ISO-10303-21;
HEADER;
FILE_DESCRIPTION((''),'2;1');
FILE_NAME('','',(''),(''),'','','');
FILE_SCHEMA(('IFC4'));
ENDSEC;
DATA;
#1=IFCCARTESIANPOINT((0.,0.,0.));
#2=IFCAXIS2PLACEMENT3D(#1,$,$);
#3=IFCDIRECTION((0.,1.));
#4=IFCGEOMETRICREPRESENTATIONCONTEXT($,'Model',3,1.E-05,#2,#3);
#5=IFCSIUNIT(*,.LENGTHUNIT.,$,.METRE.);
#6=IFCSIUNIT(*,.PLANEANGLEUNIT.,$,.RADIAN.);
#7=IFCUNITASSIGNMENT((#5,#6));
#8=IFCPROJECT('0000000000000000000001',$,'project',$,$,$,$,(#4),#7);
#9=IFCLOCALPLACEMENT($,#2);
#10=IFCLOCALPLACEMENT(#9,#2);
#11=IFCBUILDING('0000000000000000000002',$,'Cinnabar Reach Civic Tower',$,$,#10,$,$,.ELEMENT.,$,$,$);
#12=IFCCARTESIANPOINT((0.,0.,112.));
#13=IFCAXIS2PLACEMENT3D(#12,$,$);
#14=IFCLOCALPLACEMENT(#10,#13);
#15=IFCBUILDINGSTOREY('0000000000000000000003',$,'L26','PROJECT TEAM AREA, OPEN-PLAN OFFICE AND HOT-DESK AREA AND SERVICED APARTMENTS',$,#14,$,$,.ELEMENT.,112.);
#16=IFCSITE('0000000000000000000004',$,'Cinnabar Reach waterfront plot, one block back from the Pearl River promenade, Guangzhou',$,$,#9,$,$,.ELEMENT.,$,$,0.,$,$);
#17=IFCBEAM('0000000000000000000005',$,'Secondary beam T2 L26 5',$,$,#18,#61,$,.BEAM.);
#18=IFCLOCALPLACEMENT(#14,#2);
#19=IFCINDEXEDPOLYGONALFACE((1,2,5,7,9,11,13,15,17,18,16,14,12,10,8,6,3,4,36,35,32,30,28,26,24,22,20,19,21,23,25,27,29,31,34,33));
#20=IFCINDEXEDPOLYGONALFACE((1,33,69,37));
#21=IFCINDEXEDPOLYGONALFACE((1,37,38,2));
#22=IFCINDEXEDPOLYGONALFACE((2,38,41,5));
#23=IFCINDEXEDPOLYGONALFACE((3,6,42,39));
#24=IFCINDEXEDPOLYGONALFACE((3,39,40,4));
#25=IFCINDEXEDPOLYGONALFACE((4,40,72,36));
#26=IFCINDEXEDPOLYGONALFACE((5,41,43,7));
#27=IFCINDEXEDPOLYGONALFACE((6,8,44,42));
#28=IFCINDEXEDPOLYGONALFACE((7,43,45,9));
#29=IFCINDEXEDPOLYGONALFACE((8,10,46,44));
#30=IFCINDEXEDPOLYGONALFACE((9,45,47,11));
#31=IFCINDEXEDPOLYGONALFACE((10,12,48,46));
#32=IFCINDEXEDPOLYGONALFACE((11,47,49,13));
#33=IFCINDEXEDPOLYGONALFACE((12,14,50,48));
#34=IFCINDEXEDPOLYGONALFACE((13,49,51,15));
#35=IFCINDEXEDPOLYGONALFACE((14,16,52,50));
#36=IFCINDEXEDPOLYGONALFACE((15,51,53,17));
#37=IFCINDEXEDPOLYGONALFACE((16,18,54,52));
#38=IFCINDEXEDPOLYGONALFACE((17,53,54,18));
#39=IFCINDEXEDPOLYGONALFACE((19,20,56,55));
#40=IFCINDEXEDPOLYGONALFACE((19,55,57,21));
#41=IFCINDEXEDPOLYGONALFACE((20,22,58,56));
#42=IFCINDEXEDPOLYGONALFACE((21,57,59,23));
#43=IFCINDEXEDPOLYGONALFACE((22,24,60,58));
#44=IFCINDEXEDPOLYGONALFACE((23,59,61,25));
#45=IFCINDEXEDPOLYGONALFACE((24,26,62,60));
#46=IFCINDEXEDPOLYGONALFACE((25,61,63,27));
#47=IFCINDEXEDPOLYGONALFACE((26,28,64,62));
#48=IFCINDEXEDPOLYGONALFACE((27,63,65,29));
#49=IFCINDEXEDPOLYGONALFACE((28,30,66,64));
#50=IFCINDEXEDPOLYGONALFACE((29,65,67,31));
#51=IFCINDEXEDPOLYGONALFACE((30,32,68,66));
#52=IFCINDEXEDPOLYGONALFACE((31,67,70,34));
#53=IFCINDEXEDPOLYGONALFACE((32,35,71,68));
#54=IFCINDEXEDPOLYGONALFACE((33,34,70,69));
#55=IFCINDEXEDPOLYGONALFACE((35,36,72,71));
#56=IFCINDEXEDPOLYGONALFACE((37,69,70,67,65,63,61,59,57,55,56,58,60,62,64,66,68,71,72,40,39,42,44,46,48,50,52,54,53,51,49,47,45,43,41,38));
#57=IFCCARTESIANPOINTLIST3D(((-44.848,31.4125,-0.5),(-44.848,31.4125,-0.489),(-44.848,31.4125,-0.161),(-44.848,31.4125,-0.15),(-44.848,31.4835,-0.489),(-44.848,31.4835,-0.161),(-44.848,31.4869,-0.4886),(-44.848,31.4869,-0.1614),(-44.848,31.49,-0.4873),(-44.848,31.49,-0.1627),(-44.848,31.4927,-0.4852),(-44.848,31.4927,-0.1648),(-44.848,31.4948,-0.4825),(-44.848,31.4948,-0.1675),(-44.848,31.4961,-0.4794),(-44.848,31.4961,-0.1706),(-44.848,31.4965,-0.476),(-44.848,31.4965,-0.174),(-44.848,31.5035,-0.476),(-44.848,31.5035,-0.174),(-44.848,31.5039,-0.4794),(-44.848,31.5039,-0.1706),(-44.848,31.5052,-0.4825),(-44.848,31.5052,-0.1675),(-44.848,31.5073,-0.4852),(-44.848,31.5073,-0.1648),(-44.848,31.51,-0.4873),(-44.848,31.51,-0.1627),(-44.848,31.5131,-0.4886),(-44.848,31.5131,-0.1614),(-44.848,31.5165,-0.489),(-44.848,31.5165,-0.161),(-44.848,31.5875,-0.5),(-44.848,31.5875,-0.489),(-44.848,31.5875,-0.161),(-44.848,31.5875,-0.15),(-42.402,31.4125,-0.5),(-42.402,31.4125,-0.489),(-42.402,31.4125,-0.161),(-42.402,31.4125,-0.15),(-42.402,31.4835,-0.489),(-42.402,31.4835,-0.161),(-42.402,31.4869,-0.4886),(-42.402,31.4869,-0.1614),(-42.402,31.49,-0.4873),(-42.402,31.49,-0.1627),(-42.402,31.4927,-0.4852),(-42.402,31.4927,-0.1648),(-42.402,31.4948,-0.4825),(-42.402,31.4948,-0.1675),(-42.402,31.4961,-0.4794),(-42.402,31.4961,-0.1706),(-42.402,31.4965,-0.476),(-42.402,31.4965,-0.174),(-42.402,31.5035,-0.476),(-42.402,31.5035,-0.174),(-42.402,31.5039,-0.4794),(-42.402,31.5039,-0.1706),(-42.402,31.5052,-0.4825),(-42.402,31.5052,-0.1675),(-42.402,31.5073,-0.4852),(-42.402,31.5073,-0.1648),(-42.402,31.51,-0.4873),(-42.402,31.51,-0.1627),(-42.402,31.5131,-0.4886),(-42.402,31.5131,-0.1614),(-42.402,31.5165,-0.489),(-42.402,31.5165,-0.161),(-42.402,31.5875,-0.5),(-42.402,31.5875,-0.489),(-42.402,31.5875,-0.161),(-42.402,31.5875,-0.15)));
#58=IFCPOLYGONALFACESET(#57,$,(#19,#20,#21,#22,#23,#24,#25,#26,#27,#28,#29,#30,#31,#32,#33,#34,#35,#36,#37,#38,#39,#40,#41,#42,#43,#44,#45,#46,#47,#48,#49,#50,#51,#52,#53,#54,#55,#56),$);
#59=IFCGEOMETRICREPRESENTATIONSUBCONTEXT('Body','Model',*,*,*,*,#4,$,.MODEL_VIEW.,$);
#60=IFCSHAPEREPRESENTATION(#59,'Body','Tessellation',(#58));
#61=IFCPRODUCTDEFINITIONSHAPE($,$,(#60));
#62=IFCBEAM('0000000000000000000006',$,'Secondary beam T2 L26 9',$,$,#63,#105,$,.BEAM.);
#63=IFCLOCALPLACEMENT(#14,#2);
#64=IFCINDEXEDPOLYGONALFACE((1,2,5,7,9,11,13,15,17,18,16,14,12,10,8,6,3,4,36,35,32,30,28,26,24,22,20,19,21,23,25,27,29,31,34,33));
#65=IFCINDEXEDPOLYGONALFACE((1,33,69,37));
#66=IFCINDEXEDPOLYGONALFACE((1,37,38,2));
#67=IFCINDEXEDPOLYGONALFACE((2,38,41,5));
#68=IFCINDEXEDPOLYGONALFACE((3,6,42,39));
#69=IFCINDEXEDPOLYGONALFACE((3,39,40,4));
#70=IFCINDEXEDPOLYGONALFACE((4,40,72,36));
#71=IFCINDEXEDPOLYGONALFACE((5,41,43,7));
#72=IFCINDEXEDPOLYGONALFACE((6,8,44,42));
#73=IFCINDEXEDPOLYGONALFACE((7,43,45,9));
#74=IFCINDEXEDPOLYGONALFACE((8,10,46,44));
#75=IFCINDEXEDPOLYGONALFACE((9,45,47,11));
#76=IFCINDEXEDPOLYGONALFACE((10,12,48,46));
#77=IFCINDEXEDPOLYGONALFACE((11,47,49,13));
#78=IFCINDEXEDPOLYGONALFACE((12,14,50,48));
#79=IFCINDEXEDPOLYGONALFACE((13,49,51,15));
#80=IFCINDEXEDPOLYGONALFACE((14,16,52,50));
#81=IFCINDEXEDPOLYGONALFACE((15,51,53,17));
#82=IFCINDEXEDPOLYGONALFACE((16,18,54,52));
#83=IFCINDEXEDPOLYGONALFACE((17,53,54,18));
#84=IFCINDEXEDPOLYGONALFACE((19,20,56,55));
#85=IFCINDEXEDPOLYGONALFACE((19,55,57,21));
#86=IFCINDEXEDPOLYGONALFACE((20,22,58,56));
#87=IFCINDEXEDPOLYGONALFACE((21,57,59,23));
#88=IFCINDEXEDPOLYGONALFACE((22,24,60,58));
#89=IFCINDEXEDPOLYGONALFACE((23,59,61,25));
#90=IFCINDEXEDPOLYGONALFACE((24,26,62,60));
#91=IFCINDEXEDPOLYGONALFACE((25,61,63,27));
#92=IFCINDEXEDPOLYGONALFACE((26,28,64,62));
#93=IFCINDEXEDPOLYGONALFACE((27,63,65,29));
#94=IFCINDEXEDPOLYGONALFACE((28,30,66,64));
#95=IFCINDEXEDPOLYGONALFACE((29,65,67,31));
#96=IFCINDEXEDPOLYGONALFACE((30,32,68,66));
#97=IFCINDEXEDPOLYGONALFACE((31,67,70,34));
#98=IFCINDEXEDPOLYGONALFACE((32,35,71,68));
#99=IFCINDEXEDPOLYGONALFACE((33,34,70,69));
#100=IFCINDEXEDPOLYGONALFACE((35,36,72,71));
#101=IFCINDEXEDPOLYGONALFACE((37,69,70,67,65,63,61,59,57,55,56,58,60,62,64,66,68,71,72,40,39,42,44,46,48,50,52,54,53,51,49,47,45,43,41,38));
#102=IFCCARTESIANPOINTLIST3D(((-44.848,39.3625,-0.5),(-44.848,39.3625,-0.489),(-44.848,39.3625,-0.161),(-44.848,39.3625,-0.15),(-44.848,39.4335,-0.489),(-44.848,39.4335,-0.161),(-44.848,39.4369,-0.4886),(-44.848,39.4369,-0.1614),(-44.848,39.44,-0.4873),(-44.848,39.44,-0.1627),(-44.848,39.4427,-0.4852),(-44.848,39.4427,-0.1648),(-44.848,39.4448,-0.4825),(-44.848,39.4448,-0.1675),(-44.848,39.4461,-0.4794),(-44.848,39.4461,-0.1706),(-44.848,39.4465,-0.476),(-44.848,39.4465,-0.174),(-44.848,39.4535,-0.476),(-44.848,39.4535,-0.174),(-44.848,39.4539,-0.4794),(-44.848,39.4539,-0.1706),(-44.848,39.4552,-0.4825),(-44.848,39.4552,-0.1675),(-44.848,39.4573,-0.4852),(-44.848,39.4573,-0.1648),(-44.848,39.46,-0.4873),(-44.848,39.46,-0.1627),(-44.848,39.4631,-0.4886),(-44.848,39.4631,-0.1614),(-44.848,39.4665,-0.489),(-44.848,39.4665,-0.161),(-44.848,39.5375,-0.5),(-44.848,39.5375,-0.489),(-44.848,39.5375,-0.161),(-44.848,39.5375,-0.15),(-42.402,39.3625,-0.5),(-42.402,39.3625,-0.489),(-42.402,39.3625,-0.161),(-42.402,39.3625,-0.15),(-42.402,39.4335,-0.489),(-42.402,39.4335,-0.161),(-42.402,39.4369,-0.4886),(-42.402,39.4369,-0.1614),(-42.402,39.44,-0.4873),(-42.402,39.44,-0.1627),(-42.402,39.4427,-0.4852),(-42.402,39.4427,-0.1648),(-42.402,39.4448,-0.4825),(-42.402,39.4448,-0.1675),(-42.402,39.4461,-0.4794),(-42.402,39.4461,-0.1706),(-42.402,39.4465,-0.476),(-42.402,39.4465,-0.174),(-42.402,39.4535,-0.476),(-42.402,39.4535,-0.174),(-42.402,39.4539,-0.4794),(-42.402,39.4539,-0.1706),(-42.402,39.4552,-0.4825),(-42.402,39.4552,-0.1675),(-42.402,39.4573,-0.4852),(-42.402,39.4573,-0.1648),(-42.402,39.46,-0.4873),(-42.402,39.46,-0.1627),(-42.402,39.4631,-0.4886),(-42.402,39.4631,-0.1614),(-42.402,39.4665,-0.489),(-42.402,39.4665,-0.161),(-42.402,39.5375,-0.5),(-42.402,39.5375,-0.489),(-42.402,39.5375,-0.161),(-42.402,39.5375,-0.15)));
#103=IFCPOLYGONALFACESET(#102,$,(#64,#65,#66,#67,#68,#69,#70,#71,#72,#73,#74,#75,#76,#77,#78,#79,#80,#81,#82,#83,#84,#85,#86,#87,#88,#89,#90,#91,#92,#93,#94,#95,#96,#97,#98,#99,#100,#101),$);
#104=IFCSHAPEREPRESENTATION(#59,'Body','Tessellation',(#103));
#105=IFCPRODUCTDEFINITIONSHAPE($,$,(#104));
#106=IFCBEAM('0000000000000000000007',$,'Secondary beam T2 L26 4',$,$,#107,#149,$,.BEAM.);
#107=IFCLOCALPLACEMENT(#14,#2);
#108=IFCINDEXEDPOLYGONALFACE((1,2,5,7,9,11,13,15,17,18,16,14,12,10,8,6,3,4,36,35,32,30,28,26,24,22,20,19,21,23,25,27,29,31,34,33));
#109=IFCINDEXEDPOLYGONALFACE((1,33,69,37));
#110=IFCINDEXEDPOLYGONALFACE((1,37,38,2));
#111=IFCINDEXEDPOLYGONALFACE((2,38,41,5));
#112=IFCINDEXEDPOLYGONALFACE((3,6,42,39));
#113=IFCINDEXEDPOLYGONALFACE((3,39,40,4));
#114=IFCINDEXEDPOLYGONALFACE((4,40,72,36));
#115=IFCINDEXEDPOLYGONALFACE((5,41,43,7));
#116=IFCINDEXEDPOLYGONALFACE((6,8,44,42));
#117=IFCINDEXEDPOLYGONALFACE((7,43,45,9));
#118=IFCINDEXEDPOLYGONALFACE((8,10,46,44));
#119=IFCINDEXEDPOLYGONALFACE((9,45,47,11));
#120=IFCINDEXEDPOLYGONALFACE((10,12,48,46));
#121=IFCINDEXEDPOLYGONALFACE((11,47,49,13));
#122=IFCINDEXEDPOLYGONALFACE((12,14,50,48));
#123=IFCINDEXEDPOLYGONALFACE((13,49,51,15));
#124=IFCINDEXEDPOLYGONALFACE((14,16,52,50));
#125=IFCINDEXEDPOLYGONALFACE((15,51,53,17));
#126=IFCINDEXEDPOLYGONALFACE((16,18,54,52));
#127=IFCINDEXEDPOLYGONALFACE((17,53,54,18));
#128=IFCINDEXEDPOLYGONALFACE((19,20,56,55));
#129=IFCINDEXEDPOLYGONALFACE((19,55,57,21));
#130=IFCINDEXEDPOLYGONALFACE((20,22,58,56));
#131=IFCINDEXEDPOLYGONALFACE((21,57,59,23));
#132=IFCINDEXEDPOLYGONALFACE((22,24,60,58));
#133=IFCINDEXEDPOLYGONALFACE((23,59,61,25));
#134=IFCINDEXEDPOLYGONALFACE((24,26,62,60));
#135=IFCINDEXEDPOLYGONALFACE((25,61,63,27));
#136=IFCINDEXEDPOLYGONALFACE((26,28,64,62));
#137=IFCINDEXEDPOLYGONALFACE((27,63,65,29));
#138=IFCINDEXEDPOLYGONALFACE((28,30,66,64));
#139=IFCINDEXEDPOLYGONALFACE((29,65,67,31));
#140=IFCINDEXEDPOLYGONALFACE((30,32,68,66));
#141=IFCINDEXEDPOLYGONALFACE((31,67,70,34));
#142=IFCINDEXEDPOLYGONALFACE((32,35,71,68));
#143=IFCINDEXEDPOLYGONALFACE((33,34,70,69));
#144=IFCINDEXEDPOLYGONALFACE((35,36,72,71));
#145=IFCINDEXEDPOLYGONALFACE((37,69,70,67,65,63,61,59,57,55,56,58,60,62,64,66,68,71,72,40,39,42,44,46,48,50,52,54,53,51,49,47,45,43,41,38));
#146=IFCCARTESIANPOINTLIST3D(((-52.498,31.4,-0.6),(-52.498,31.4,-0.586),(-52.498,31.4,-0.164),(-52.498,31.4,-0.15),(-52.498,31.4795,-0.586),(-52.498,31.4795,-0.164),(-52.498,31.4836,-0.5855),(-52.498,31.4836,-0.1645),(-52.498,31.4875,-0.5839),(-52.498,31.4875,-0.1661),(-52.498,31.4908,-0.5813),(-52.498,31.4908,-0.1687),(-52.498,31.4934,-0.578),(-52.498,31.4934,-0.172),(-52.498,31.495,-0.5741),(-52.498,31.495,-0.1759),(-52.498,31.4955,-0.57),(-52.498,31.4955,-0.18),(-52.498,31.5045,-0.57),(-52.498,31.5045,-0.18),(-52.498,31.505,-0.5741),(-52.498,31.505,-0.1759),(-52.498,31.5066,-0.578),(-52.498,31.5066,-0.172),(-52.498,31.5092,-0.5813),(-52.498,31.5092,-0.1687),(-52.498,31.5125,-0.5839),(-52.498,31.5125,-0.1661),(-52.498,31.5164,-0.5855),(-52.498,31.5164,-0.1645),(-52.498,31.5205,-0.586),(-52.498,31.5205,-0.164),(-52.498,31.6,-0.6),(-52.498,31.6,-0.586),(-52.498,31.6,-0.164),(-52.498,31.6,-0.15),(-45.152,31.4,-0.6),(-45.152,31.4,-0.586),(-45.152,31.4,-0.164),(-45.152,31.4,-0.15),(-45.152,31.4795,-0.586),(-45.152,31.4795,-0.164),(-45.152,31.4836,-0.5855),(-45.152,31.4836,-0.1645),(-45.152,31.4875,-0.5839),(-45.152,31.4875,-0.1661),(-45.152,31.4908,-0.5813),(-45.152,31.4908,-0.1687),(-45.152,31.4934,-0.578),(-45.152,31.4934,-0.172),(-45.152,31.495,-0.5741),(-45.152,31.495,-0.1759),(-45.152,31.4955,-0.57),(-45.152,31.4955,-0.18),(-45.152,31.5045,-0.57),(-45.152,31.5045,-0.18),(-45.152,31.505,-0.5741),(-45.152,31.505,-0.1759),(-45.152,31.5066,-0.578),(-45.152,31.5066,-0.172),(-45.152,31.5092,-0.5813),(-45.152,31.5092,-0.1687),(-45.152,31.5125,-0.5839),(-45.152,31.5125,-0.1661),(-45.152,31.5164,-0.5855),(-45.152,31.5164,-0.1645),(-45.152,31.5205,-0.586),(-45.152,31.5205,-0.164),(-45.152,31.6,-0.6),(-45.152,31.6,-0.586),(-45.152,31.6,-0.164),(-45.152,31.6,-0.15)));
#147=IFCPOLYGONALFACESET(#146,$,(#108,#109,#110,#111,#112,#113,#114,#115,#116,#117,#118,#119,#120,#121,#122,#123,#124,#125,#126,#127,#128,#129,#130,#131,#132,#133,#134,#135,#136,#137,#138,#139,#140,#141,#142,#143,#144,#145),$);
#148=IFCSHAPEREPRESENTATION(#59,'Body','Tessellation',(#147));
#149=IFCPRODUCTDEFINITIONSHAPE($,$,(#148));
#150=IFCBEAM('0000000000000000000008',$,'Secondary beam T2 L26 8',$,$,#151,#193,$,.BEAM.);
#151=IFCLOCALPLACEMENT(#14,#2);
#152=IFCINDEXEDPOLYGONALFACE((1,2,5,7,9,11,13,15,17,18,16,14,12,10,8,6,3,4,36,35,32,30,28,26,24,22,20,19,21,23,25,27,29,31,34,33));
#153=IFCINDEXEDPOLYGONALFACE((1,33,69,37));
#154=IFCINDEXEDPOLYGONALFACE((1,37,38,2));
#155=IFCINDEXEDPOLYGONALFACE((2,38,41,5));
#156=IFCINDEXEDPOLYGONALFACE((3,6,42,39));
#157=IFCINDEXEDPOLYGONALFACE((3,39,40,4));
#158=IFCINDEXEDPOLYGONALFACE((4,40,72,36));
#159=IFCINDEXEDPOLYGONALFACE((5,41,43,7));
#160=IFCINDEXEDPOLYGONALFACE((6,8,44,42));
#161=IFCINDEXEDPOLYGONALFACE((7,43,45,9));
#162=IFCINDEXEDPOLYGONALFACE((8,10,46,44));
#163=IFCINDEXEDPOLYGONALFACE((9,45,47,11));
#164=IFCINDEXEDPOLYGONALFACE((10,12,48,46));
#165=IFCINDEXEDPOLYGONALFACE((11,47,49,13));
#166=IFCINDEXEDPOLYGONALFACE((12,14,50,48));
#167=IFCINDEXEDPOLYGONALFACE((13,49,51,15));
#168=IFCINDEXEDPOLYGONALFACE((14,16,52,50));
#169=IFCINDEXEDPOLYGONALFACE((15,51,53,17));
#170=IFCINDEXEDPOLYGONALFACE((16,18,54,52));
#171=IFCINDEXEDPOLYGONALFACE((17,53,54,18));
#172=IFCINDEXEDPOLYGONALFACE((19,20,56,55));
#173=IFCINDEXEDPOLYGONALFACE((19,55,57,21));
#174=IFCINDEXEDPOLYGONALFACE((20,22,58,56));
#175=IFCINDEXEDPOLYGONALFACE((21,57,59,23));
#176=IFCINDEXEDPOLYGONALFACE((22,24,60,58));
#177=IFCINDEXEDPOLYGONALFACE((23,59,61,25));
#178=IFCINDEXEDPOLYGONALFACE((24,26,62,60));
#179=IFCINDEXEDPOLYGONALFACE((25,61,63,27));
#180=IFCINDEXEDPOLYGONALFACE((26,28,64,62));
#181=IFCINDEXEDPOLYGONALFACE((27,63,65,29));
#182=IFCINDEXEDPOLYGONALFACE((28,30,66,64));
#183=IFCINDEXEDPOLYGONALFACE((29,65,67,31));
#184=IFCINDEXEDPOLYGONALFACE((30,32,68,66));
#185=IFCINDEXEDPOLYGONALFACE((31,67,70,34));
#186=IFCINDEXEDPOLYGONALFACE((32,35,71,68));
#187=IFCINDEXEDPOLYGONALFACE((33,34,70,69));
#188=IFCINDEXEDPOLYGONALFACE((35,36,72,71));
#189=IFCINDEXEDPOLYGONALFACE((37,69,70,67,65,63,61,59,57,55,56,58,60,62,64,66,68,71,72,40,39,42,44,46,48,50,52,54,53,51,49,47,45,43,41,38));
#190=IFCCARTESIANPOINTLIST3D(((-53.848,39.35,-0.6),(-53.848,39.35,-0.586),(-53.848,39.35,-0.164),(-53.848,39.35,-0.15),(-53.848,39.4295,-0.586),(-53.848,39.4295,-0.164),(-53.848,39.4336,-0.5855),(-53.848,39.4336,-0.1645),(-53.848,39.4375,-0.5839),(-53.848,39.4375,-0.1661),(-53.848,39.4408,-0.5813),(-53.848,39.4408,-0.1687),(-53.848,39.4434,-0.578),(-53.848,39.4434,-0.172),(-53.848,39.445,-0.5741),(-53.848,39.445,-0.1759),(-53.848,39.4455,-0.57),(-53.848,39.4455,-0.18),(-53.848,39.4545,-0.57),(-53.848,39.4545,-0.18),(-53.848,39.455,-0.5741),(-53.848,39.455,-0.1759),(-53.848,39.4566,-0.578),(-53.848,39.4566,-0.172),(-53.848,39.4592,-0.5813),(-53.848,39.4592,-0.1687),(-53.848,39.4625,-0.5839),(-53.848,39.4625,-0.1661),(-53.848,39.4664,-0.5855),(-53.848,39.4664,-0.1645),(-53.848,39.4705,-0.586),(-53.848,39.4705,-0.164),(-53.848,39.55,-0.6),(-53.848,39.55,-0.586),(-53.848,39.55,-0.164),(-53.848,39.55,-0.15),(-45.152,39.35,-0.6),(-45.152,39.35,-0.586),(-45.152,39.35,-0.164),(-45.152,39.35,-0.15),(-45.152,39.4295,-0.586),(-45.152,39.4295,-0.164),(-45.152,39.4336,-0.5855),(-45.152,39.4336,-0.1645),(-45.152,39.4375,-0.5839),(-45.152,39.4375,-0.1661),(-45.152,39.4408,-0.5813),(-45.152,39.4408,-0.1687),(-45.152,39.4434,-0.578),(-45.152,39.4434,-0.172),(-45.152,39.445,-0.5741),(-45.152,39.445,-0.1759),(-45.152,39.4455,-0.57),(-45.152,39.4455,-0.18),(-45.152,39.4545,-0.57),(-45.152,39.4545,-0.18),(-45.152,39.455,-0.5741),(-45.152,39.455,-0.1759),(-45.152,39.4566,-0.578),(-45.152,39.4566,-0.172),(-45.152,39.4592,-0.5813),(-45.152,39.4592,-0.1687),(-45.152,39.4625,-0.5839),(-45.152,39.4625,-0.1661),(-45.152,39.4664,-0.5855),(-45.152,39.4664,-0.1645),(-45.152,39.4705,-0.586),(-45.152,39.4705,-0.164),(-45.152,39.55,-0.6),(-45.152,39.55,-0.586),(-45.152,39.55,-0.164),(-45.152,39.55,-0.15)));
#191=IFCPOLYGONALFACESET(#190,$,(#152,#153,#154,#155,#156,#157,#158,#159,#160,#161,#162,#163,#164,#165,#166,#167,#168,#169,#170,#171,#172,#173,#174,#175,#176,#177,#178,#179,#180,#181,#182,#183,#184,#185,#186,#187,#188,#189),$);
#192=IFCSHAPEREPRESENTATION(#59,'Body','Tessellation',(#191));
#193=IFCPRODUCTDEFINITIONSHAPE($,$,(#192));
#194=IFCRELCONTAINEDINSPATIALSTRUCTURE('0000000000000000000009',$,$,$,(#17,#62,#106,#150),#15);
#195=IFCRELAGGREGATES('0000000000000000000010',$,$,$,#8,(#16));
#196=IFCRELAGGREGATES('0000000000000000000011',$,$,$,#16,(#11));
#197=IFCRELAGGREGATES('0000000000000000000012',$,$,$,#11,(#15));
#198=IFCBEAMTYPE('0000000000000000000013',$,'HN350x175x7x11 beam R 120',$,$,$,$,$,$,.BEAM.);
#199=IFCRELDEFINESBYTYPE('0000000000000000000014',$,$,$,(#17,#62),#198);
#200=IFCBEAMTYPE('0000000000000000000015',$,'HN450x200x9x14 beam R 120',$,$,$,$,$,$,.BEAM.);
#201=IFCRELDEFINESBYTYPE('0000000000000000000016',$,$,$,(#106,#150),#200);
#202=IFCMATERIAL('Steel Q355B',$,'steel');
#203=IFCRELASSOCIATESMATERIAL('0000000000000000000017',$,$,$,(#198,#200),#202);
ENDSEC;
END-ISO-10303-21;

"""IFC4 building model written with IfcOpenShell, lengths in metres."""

from ifc_helpers import new_model, si_unit, direction, frame, origin, origin_2d, place, context, subcontext, project, spatial, i_section, extrude, material, material_profile, profile_set, type_object, element, save


model = new_model("IFC4")

# Units and contexts
model_context = context("Model", 3, precision=1e-05, world=origin(), true_north=direction((0.0, 1.0)))
body_context = subcontext(model_context, "Body", "Model", "MODEL_VIEW")
ifc_project = project(units=[si_unit("LENGTHUNIT", "METRE"), si_unit("PLANEANGLEUNIT", "RADIAN")], contexts=[model_context])

# Site, building, storey
site_placement = place(None, origin())
site = spatial("IfcSite", under=ifc_project, at=site_placement, Name="Cinnabar Reach waterfront plot, one block back from the Pearl River promenade, Guangzhou", CompositionType="ELEMENT", RefElevation=0.0)
building_placement = place(site_placement, origin())
building = spatial("IfcBuilding", under=site, at=building_placement, Name="Cinnabar Reach Civic Tower", CompositionType="ELEMENT")
storey_placement = place(building_placement, frame((0.0, 0.0, 112.0)))
storey = spatial("IfcBuildingStorey", under=building, at=storey_placement, Name="L26", Description="PROJECT TEAM AREA, OPEN-PLAN OFFICE AND HOT-DESK AREA AND SERVICED APARTMENTS", CompositionType="ELEMENT", Elevation=112.0)

# Beams
ifc_material_1 = material(Name="Steel Q355B", Category="steel")
ifc_material_profile_1 = material_profile(ifc_material_1, i_section(OverallWidth=0.175, OverallDepth=0.35, WebThickness=0.007, FlangeThickness=0.011, FilletRadius=0.013, at=origin_2d()), Name="HN350x175x7x11")
ifc_profile_set_1 = profile_set([ifc_material_profile_1], Name="Steel Q355B")
beam_type_1 = type_object("IfcBeamType", Name="HN350x175x7x11 beam R 120", PredefinedType="BEAM", material=ifc_profile_set_1)
for number, where, z_axis, x_axis, name in (
    (1, (-44.848, 31.5, -0.325), (1.0, 0.0, 0.0), (0.0, 1.0, 0.0), "Secondary beam T2 L26 5"),
    (2, (-44.848, 39.45, -0.325), (1.0, 0.0, 0.0), (0.0, 1.0, 0.0), "Secondary beam T2 L26 9"),
):
    element("IfcBeam", number, at=place(storey_placement, frame(where, z_axis=z_axis, x_axis=x_axis)), inside=storey, type_object=beam_type_1, Name=name, PredefinedType="BEAM", context=body_context, shape_type="SweptSolid", body=[
        extrude(i_section(OverallWidth=0.175, OverallDepth=0.35, WebThickness=0.007, FlangeThickness=0.011, FilletRadius=0.013, at=origin_2d()), origin(), (0.0, 0.0, 1.0), 2.446),
    ])
ifc_material_profile_2 = material_profile(ifc_material_1, i_section(OverallWidth=0.2, OverallDepth=0.45, WebThickness=0.009, FlangeThickness=0.014, FilletRadius=0.016, at=origin_2d()), Name="HN450x200x9x14")
ifc_profile_set_2 = profile_set([ifc_material_profile_2], Name="Steel Q355B")
beam_type_2 = type_object("IfcBeamType", Name="HN450x200x9x14 beam R 120", PredefinedType="BEAM", material=ifc_profile_set_2)
beam_1_placement = place(storey_placement, frame((-52.498, 31.5, -0.375), z_axis=(1.0, 0.0, 0.0), x_axis=(0.0, 1.0, 0.0)))
element("IfcBeam", 3, at=beam_1_placement, inside=storey, type_object=beam_type_2, Name="Secondary beam T2 L26 4", PredefinedType="BEAM", context=body_context, shape_type="SweptSolid", body=[
    extrude(i_section(OverallWidth=0.2, OverallDepth=0.45, WebThickness=0.009, FlangeThickness=0.014, FilletRadius=0.016, at=origin_2d()), origin(), (0.0, 0.0, 1.0), 7.346),
])
beam_2_placement = place(storey_placement, frame((-53.848, 39.45, -0.375), z_axis=(1.0, 0.0, 0.0), x_axis=(0.0, 1.0, 0.0)))
element("IfcBeam", 4, at=beam_2_placement, inside=storey, type_object=beam_type_2, Name="Secondary beam T2 L26 8", PredefinedType="BEAM", context=body_context, shape_type="SweptSolid", body=[
    extrude(i_section(OverallWidth=0.2, OverallDepth=0.45, WebThickness=0.009, FlangeThickness=0.014, FilletRadius=0.016, at=origin_2d()), origin(), (0.0, 0.0, 1.0), 8.696),
])

save(model, "model.ifc")
